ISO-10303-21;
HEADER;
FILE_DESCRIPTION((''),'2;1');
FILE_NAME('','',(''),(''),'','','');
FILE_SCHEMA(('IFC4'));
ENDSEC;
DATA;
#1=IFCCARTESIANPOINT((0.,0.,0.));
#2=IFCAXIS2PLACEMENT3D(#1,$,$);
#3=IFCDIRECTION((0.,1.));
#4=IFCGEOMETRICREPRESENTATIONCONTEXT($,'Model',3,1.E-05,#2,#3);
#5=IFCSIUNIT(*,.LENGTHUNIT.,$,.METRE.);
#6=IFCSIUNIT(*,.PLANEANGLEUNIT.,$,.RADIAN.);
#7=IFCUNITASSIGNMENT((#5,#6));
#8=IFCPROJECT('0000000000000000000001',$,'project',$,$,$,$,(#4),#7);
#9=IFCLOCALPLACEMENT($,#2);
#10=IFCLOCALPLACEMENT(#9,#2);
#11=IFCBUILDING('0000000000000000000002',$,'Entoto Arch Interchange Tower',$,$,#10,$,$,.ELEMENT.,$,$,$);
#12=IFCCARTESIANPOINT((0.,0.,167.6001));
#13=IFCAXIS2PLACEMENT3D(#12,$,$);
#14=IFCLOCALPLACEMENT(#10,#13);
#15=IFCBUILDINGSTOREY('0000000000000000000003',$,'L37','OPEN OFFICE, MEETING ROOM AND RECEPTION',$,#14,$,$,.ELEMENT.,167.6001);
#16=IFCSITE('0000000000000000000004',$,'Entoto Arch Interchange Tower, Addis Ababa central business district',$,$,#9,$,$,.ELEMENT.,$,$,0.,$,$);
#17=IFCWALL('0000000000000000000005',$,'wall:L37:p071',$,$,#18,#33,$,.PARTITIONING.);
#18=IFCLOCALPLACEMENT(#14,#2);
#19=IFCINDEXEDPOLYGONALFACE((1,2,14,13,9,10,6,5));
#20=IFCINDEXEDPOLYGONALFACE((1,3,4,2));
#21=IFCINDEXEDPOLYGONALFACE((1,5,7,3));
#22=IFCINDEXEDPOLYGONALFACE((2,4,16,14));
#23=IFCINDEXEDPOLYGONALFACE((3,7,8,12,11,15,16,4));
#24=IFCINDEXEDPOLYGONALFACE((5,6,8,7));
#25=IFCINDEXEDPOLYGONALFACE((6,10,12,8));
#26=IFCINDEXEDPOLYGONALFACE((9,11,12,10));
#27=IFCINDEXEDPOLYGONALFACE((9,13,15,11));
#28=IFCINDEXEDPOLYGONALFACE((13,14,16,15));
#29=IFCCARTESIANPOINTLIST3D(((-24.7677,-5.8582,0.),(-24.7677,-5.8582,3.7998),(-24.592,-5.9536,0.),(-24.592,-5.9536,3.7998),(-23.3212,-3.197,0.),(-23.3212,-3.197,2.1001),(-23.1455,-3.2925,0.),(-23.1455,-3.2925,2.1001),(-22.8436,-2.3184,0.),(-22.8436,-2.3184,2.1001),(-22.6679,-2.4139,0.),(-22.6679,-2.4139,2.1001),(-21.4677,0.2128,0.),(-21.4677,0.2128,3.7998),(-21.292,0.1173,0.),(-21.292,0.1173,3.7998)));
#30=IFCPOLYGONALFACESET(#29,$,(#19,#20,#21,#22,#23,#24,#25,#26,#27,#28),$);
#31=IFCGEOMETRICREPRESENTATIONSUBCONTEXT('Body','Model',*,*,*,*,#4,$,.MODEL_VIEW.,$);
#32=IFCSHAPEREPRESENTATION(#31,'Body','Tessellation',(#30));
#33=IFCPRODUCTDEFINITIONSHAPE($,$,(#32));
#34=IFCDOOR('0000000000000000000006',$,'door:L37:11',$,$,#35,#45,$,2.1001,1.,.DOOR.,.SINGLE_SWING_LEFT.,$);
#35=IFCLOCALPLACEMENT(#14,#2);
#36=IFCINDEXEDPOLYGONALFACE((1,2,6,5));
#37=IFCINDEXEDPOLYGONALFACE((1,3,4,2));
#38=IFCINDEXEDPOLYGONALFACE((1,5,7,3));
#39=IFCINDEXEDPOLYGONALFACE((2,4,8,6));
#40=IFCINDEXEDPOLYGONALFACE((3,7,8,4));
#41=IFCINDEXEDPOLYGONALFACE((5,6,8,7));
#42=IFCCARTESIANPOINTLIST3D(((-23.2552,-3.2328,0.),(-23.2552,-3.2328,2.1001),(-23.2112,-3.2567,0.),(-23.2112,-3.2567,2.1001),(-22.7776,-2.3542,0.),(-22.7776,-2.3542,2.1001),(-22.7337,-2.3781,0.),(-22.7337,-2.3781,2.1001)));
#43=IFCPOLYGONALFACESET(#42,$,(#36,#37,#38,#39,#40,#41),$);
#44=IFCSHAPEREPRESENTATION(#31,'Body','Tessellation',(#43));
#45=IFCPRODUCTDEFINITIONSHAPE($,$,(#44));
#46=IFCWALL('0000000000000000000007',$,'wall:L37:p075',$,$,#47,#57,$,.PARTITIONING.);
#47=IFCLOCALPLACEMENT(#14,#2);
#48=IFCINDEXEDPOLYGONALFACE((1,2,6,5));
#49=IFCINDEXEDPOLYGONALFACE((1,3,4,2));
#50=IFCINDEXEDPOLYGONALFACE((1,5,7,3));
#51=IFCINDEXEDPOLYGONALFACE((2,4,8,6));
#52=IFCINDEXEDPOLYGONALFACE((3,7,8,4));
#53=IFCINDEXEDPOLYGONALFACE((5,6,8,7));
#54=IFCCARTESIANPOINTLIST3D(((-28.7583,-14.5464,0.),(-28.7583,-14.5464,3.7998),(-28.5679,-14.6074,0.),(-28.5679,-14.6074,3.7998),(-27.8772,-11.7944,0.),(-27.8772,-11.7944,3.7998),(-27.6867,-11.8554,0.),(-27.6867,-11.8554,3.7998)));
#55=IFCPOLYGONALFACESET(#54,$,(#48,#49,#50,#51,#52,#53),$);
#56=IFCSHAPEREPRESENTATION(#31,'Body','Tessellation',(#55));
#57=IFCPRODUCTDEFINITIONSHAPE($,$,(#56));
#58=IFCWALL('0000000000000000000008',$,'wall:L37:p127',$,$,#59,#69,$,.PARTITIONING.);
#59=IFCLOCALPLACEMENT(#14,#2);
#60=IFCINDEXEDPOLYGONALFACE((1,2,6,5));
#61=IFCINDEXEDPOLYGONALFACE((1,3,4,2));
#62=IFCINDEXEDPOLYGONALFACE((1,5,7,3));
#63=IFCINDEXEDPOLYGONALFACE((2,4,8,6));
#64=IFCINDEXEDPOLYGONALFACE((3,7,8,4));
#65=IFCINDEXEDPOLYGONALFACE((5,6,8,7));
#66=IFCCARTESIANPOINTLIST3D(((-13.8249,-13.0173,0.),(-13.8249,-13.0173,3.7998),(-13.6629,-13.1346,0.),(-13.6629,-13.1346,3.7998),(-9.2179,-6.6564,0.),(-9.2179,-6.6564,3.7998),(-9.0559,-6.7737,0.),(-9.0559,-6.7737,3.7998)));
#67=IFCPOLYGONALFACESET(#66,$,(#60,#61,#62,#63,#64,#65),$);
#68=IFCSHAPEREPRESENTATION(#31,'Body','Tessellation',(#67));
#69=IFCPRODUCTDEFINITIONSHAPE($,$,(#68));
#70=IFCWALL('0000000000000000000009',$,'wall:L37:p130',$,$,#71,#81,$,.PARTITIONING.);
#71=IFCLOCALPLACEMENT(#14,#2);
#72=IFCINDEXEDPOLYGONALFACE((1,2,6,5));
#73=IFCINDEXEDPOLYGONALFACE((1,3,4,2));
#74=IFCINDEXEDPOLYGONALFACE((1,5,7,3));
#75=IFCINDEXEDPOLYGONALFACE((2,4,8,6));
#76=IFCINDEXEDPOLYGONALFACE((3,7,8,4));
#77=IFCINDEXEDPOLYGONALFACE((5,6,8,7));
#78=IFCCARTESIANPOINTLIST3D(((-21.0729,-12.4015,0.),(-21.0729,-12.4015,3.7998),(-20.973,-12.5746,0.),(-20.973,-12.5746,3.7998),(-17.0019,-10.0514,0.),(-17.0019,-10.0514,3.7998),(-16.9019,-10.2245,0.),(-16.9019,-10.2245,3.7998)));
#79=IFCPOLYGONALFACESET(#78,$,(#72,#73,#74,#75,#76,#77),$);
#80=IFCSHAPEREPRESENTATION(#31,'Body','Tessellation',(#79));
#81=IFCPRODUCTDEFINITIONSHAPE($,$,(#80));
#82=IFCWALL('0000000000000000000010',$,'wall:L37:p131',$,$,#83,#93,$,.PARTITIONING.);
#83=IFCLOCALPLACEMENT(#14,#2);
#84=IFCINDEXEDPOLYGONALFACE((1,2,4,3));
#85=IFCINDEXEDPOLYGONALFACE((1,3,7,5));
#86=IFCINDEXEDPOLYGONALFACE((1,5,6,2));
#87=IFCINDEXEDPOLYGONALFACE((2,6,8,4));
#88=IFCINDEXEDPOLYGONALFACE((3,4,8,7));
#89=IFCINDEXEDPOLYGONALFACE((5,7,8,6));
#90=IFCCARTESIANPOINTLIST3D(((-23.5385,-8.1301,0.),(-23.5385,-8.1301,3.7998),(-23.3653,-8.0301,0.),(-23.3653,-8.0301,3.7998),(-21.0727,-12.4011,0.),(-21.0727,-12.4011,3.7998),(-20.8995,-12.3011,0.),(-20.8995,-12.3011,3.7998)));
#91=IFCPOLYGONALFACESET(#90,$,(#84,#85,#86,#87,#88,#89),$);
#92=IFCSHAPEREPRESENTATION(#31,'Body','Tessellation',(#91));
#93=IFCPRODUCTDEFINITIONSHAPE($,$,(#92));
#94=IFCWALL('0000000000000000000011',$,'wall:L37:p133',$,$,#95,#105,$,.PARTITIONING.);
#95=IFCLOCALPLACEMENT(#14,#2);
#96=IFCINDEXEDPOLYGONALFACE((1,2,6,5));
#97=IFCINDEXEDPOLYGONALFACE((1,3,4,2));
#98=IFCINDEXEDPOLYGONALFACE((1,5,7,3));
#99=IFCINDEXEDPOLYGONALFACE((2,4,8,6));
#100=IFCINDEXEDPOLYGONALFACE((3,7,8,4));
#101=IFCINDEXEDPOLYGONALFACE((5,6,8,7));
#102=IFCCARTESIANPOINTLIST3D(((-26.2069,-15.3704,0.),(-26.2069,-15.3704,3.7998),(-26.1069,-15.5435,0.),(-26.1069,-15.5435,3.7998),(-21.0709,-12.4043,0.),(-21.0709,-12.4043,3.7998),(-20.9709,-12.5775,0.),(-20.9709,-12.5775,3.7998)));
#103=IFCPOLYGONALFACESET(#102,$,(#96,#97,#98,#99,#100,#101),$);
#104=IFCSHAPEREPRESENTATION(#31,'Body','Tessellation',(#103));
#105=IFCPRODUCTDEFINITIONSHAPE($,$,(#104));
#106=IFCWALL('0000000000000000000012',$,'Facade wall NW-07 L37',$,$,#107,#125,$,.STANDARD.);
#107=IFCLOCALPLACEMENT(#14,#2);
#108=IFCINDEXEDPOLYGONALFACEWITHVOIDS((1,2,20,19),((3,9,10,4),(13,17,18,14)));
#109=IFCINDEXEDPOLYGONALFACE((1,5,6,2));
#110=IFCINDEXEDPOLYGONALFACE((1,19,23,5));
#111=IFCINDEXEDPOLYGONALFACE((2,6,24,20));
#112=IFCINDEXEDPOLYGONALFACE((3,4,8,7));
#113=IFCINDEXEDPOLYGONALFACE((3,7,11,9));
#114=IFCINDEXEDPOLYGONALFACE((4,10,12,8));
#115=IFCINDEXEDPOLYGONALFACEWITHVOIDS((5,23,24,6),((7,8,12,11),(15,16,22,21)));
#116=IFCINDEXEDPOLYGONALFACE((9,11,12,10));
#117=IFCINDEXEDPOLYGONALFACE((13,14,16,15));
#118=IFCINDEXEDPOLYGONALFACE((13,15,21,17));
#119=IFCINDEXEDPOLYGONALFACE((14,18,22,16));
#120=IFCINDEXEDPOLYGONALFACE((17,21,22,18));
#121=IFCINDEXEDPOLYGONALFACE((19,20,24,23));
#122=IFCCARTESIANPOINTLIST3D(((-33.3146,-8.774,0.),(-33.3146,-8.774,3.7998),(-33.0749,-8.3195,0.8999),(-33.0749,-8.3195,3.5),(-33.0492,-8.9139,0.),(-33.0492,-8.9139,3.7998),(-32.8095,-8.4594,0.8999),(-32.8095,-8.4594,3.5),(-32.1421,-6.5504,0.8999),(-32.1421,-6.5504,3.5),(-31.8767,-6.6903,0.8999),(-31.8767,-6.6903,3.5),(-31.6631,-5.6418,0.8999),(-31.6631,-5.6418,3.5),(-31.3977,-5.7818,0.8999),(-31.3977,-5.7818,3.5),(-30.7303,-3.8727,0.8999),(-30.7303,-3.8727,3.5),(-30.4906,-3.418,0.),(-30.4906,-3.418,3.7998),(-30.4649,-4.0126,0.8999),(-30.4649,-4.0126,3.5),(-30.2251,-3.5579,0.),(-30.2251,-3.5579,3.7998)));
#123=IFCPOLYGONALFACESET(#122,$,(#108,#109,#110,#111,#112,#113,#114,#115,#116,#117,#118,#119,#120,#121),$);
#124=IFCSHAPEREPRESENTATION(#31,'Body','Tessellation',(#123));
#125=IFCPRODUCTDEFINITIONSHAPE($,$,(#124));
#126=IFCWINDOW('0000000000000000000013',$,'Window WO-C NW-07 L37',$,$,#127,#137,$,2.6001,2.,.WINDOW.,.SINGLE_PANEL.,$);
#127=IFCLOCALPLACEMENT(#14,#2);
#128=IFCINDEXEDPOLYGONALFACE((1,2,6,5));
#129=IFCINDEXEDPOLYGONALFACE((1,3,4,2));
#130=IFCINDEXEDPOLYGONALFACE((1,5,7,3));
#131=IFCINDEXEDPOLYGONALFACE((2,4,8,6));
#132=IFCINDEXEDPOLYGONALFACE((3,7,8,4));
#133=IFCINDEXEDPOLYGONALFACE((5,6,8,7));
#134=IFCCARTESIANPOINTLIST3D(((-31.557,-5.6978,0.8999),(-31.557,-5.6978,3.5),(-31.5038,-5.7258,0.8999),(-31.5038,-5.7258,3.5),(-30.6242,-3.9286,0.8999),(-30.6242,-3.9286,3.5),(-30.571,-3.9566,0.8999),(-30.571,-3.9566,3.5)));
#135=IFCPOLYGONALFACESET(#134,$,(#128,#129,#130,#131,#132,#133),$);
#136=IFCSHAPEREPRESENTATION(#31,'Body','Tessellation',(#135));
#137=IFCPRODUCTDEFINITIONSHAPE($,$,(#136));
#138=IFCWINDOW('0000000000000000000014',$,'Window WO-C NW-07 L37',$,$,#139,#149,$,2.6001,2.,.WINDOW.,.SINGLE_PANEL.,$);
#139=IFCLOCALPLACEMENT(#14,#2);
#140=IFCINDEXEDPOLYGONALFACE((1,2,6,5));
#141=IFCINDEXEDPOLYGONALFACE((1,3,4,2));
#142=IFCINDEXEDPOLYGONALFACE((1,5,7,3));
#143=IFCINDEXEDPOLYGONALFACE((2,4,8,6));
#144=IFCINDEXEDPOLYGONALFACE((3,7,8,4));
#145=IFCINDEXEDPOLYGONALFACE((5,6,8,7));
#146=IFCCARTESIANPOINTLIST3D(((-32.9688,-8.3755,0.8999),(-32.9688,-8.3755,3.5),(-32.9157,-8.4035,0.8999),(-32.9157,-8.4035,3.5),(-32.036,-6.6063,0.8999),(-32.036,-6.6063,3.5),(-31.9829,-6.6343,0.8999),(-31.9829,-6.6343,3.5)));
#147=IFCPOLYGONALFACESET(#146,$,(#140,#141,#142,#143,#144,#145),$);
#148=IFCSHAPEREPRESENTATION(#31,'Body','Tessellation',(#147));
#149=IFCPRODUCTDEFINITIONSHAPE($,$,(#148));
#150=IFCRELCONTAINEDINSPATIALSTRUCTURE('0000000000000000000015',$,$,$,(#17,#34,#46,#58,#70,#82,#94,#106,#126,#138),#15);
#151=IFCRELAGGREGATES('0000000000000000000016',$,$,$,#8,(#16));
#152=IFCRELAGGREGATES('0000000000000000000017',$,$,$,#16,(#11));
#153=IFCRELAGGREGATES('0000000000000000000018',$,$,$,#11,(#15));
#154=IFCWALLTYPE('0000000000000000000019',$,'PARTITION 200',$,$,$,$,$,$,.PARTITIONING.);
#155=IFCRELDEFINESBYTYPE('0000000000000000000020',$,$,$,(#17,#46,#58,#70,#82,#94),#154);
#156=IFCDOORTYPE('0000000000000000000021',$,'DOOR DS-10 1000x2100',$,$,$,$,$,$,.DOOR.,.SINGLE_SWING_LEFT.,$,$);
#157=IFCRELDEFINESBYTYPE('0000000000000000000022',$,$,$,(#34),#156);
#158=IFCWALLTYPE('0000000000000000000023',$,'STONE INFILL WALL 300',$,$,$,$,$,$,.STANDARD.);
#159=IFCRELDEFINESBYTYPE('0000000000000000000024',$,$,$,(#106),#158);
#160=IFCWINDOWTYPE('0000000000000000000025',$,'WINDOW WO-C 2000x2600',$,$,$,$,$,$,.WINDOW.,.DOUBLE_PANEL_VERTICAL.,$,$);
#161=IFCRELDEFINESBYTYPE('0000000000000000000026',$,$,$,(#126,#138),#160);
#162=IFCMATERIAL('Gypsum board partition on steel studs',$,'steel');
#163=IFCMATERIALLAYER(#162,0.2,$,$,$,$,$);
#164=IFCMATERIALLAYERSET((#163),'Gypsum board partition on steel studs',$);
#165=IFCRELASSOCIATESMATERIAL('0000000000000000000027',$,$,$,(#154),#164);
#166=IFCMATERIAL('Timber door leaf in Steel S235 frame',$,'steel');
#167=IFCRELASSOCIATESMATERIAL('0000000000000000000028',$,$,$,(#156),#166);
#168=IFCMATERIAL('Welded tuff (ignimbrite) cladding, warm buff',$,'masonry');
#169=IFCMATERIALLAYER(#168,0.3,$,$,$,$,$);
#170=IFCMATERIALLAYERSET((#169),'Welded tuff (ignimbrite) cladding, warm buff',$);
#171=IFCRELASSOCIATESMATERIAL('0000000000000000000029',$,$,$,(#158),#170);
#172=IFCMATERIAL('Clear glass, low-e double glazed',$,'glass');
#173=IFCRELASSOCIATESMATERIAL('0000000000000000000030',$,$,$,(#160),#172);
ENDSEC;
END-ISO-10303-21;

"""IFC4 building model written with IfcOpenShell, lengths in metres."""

from ifc_helpers import new_model, si_unit, direction, frame, frame_2d, origin, place, context, subcontext, project, spatial, rectangle, extrude, material, layer, layer_set, type_object, element, fill, save


model = new_model("IFC4")

# Units and contexts
model_context = context("Model", 3, precision=1e-05, world=origin(), true_north=direction((0.0, 1.0)))
body_context = subcontext(model_context, "Body", "Model", "MODEL_VIEW")
ifc_project = project(units=[si_unit("LENGTHUNIT", "METRE"), si_unit("PLANEANGLEUNIT", "RADIAN")], contexts=[model_context])

# Site, building, storey
site_placement = place(None, origin())
site = spatial("IfcSite", under=ifc_project, at=site_placement, Name="Entoto Arch Interchange Tower, Addis Ababa central business district", CompositionType="ELEMENT", RefElevation=0.0)
building_placement = place(site_placement, origin())
building = spatial("IfcBuilding", under=site, at=building_placement, Name="Entoto Arch Interchange Tower", CompositionType="ELEMENT")
storey_placement = place(building_placement, frame((0.0, 0.0, 167.6001)))
storey = spatial("IfcBuildingStorey", under=building, at=storey_placement, Name="L37", Description="OPEN OFFICE, MEETING ROOM AND RECEPTION", CompositionType="ELEMENT", Elevation=167.6001)

# Shared definitions
ifc_material_1 = material(Name="Gypsum board partition on steel studs", Category="steel")

# Shared definitions
ifc_layer_1 = layer(ifc_material_1, 0.2)
ifc_layer_set_1 = layer_set([ifc_layer_1], Name="Gypsum board partition on steel studs")
wall_type_1 = type_object("IfcWallType", Name="PARTITION 200", PredefinedType="PARTITIONING", material=ifc_layer_set_1)
ifc_material_2 = material(Name="Timber door leaf in Steel S235 frame", Category="steel")
door_type = type_object("IfcDoorType", Name="DOOR DS-10 1000x2100", OperationType="SINGLE_SWING_LEFT", PredefinedType="DOOR", material=ifc_material_2)

# Wall, opening, door
wall_1_placement = place(storey_placement, frame((-24.6799, -5.906, 0.0), z_axis=(0.0, 0.0, 1.0), x_axis=(0.477577, 0.87859, 0.0)))
wall_1 = element("IfcWall", 1, at=wall_1_placement, inside=storey, type_object=wall_type_1, Name="wall:L37:p071", PredefinedType="PARTITIONING", context=body_context, shape_type="SweptSolid", body=[
    extrude(rectangle(XDim=6.9099, YDim=0.2, at=frame_2d((3.4551, 0.0))), origin(), (0.0, 0.0, 1.0), 3.7998),
])
opening_1_placement = place(wall_1_placement, frame((3.0291, 0.0, 0.0)))
opening_1 = element("IfcOpeningElement", 2, at=opening_1_placement, cuts=wall_1, PredefinedType="OPENING", context=body_context, shape_type="SweptSolid", body=[
    extrude(rectangle(XDim=1.0, YDim=2.1001, at=frame_2d((0.5, 1.05))), frame((0.0, 0.1099, 0.0), z_axis=(0.0, -1.0, 0.0), x_axis=(1.0, 0.0, 0.0)), (0.0, 0.0, 1.0), 0.22),
])
door_1_placement = place(opening_1_placement, origin())
door_1 = element("IfcDoor", 3, at=door_1_placement, inside=storey, type_object=door_type, Name="door:L37:11", OperationType="SINGLE_SWING_LEFT", OverallHeight=2.1001, OverallWidth=1.0, PredefinedType="DOOR", context=body_context, shape_type="SweptSolid", body=[
    extrude(rectangle(XDim=1.0, YDim=2.1001, at=frame_2d((0.5, 1.05))), frame((0.0, 0.0249, 0.0), z_axis=(0.0, -1.0, 0.0), x_axis=(1.0, 0.0, 0.0)), (0.0, 0.0, 1.0), 0.05),
])
fill(opening_1, door_1)

# Walls
wall_2_placement = place(storey_placement, frame((-28.6631, -14.5769, 0.0), z_axis=(0.0, 0.0, 1.0), x_axis=(0.304926, 0.952376, 0.0)))
element("IfcWall", 4, at=wall_2_placement, inside=storey, type_object=wall_type_1, Name="wall:L37:p075", PredefinedType="PARTITIONING", context=body_context, shape_type="SweptSolid", body=[
    extrude(rectangle(XDim=2.8896, YDim=0.2, at=frame_2d((1.4448, 0.0))), origin(), (0.0, 0.0, 1.0), 3.7998),
])
wall_3_placement = place(storey_placement, frame((-13.7439, -13.0759, 0.0), z_axis=(0.0, 0.0, 1.0), x_axis=(0.586577, 0.809893, 0.0)))
element("IfcWall", 5, at=wall_3_placement, inside=storey, type_object=wall_type_1, Name="wall:L37:p127", PredefinedType="PARTITIONING", context=body_context, shape_type="SweptSolid", body=[
    extrude(rectangle(XDim=7.854, YDim=0.2, at=frame_2d((3.927, 0.0))), origin(), (0.0, 0.0, 1.0), 3.7998),
])
wall_4_placement = place(storey_placement, frame((-16.9519, -10.1379, 0.0), z_axis=(0.0, 0.0, 1.0), x_axis=(-0.866055, -0.499949, 0.0)))
element("IfcWall", 6, at=wall_4_placement, inside=storey, type_object=wall_type_1, Name="wall:L37:p130", PredefinedType="PARTITIONING", context=body_context, shape_type="SweptSolid", body=[
    extrude(rectangle(XDim=4.7007, YDim=0.2, at=frame_2d((2.3503, 0.0))), origin(), (0.0, 0.0, 1.0), 3.7998),
])
wall_5_placement = place(storey_placement, frame((-20.9861, -12.3511, 0.0), z_axis=(0.0, 0.0, 1.0), x_axis=(-0.499994, 0.866029, 0.0)))
element("IfcWall", 7, at=wall_5_placement, inside=storey, type_object=wall_type_1, Name="wall:L37:p131", PredefinedType="PARTITIONING", context=body_context, shape_type="SweptSolid", body=[
    extrude(rectangle(XDim=4.9316, YDim=0.2, at=frame_2d((2.4658, 0.0))), origin(), (0.0, 0.0, 1.0), 3.7998),
])
wall_6_placement = place(storey_placement, frame((-21.021, -12.491, 0.0), z_axis=(0.0, 0.0, 1.0), x_axis=(-0.865967, -0.500101, 0.0)))
element("IfcWall", 8, at=wall_6_placement, inside=storey, type_object=wall_type_1, Name="wall:L37:p133", PredefinedType="PARTITIONING", context=body_context, shape_type="SweptSolid", body=[
    extrude(rectangle(XDim=5.9309, YDim=0.2, at=frame_2d((2.9653, 0.0))), origin(), (0.0, 0.0, 1.0), 3.7998),
])

# Wall, openings, windows
ifc_material_3 = material(Name="Welded tuff (ignimbrite) cladding, warm buff", Category="masonry")
ifc_layer_2 = layer(ifc_material_3, 0.3)
ifc_layer_set_2 = layer_set([ifc_layer_2], Name="Welded tuff (ignimbrite) cladding, warm buff")
wall_type_2 = type_object("IfcWallType", Name="STONE INFILL WALL 300", PredefinedType="STANDARD", material=ifc_layer_set_2)
wall_7_placement = place(storey_placement, frame((-30.3579, -3.488, 0.0), z_axis=(0.0, 0.0, 1.0), x_axis=(-0.466399, -0.884574, 0.0)))
wall_7 = element("IfcWall", 9, at=wall_7_placement, inside=storey, type_object=wall_type_2, Name="Facade wall NW-07 L37", PredefinedType="STANDARD", context=body_context, shape_type="SweptSolid", body=[
    extrude(rectangle(XDim=6.0549, YDim=0.3, at=frame_2d((3.0273, 0.0))), origin(), (0.0, 0.0, 1.0), 3.7998),
])
opening_2_placement = place(wall_7_placement, frame((0.5139, 0.0, 0.8999)))
opening_2 = element("IfcOpeningElement", 10, at=opening_2_placement, cuts=wall_7, PredefinedType="OPENING", context=body_context, shape_type="SweptSolid", body=[
    extrude(rectangle(XDim=2.0, YDim=2.6001, at=frame_2d((1.0, 1.3))), frame((0.0, 0.1602, 0.0), z_axis=(0.0, -1.0, 0.0), x_axis=(1.0, 0.0, 0.0)), (0.0, 0.0, 1.0), 0.3201),
])
opening_3_placement = place(wall_7_placement, frame((3.541, 0.0, 0.8999)))
opening_3 = element("IfcOpeningElement", 11, at=opening_3_placement, cuts=wall_7, PredefinedType="OPENING", context=body_context, shape_type="SweptSolid", body=[
    extrude(rectangle(XDim=2.0, YDim=2.6001, at=frame_2d((1.0, 1.3))), frame((0.0, 0.1602, 0.0), z_axis=(0.0, -1.0, 0.0), x_axis=(1.0, 0.0, 0.0)), (0.0, 0.0, 1.0), 0.3201),
])
ifc_material_4 = material(Name="Clear glass, low-e double glazed", Category="glass")
window_type_1 = type_object("IfcWindowType", Name="WINDOW WO-C 2000x2600", PartitioningType="DOUBLE_PANEL_VERTICAL", PredefinedType="WINDOW", material=ifc_material_4)
window_1_placement = place(opening_2_placement, origin())
window_1 = element("IfcWindow", 12, at=window_1_placement, inside=storey, type_object=window_type_1, Name="Window WO-C NW-07 L37", OverallHeight=2.6001, OverallWidth=2.0, PartitioningType="SINGLE_PANEL", PredefinedType="WINDOW", context=body_context, shape_type="SweptSolid", body=[
    extrude(rectangle(XDim=2.0, YDim=2.6001, at=frame_2d((1.0, 1.3))), frame((0.0, 0.03, 0.0), z_axis=(0.0, -1.0, 0.0), x_axis=(1.0, 0.0, 0.0)), (0.0, 0.0, 1.0), 0.0601),
])
fill(opening_2, window_1)
window_2_placement = place(opening_3_placement, origin())
window_2 = element("IfcWindow", 13, at=window_2_placement, inside=storey, type_object=window_type_1, Name="Window WO-C NW-07 L37", OverallHeight=2.6001, OverallWidth=2.0, PartitioningType="SINGLE_PANEL", PredefinedType="WINDOW", context=body_context, shape_type="SweptSolid", body=[
    extrude(rectangle(XDim=2.0, YDim=2.6001, at=frame_2d((1.0, 1.3))), frame((0.0, 0.03, 0.0), z_axis=(0.0, -1.0, 0.0), x_axis=(1.0, 0.0, 0.0)), (0.0, 0.0, 1.0), 0.0601),
])
fill(opening_3, window_2)

save(model, "model.ifc")
